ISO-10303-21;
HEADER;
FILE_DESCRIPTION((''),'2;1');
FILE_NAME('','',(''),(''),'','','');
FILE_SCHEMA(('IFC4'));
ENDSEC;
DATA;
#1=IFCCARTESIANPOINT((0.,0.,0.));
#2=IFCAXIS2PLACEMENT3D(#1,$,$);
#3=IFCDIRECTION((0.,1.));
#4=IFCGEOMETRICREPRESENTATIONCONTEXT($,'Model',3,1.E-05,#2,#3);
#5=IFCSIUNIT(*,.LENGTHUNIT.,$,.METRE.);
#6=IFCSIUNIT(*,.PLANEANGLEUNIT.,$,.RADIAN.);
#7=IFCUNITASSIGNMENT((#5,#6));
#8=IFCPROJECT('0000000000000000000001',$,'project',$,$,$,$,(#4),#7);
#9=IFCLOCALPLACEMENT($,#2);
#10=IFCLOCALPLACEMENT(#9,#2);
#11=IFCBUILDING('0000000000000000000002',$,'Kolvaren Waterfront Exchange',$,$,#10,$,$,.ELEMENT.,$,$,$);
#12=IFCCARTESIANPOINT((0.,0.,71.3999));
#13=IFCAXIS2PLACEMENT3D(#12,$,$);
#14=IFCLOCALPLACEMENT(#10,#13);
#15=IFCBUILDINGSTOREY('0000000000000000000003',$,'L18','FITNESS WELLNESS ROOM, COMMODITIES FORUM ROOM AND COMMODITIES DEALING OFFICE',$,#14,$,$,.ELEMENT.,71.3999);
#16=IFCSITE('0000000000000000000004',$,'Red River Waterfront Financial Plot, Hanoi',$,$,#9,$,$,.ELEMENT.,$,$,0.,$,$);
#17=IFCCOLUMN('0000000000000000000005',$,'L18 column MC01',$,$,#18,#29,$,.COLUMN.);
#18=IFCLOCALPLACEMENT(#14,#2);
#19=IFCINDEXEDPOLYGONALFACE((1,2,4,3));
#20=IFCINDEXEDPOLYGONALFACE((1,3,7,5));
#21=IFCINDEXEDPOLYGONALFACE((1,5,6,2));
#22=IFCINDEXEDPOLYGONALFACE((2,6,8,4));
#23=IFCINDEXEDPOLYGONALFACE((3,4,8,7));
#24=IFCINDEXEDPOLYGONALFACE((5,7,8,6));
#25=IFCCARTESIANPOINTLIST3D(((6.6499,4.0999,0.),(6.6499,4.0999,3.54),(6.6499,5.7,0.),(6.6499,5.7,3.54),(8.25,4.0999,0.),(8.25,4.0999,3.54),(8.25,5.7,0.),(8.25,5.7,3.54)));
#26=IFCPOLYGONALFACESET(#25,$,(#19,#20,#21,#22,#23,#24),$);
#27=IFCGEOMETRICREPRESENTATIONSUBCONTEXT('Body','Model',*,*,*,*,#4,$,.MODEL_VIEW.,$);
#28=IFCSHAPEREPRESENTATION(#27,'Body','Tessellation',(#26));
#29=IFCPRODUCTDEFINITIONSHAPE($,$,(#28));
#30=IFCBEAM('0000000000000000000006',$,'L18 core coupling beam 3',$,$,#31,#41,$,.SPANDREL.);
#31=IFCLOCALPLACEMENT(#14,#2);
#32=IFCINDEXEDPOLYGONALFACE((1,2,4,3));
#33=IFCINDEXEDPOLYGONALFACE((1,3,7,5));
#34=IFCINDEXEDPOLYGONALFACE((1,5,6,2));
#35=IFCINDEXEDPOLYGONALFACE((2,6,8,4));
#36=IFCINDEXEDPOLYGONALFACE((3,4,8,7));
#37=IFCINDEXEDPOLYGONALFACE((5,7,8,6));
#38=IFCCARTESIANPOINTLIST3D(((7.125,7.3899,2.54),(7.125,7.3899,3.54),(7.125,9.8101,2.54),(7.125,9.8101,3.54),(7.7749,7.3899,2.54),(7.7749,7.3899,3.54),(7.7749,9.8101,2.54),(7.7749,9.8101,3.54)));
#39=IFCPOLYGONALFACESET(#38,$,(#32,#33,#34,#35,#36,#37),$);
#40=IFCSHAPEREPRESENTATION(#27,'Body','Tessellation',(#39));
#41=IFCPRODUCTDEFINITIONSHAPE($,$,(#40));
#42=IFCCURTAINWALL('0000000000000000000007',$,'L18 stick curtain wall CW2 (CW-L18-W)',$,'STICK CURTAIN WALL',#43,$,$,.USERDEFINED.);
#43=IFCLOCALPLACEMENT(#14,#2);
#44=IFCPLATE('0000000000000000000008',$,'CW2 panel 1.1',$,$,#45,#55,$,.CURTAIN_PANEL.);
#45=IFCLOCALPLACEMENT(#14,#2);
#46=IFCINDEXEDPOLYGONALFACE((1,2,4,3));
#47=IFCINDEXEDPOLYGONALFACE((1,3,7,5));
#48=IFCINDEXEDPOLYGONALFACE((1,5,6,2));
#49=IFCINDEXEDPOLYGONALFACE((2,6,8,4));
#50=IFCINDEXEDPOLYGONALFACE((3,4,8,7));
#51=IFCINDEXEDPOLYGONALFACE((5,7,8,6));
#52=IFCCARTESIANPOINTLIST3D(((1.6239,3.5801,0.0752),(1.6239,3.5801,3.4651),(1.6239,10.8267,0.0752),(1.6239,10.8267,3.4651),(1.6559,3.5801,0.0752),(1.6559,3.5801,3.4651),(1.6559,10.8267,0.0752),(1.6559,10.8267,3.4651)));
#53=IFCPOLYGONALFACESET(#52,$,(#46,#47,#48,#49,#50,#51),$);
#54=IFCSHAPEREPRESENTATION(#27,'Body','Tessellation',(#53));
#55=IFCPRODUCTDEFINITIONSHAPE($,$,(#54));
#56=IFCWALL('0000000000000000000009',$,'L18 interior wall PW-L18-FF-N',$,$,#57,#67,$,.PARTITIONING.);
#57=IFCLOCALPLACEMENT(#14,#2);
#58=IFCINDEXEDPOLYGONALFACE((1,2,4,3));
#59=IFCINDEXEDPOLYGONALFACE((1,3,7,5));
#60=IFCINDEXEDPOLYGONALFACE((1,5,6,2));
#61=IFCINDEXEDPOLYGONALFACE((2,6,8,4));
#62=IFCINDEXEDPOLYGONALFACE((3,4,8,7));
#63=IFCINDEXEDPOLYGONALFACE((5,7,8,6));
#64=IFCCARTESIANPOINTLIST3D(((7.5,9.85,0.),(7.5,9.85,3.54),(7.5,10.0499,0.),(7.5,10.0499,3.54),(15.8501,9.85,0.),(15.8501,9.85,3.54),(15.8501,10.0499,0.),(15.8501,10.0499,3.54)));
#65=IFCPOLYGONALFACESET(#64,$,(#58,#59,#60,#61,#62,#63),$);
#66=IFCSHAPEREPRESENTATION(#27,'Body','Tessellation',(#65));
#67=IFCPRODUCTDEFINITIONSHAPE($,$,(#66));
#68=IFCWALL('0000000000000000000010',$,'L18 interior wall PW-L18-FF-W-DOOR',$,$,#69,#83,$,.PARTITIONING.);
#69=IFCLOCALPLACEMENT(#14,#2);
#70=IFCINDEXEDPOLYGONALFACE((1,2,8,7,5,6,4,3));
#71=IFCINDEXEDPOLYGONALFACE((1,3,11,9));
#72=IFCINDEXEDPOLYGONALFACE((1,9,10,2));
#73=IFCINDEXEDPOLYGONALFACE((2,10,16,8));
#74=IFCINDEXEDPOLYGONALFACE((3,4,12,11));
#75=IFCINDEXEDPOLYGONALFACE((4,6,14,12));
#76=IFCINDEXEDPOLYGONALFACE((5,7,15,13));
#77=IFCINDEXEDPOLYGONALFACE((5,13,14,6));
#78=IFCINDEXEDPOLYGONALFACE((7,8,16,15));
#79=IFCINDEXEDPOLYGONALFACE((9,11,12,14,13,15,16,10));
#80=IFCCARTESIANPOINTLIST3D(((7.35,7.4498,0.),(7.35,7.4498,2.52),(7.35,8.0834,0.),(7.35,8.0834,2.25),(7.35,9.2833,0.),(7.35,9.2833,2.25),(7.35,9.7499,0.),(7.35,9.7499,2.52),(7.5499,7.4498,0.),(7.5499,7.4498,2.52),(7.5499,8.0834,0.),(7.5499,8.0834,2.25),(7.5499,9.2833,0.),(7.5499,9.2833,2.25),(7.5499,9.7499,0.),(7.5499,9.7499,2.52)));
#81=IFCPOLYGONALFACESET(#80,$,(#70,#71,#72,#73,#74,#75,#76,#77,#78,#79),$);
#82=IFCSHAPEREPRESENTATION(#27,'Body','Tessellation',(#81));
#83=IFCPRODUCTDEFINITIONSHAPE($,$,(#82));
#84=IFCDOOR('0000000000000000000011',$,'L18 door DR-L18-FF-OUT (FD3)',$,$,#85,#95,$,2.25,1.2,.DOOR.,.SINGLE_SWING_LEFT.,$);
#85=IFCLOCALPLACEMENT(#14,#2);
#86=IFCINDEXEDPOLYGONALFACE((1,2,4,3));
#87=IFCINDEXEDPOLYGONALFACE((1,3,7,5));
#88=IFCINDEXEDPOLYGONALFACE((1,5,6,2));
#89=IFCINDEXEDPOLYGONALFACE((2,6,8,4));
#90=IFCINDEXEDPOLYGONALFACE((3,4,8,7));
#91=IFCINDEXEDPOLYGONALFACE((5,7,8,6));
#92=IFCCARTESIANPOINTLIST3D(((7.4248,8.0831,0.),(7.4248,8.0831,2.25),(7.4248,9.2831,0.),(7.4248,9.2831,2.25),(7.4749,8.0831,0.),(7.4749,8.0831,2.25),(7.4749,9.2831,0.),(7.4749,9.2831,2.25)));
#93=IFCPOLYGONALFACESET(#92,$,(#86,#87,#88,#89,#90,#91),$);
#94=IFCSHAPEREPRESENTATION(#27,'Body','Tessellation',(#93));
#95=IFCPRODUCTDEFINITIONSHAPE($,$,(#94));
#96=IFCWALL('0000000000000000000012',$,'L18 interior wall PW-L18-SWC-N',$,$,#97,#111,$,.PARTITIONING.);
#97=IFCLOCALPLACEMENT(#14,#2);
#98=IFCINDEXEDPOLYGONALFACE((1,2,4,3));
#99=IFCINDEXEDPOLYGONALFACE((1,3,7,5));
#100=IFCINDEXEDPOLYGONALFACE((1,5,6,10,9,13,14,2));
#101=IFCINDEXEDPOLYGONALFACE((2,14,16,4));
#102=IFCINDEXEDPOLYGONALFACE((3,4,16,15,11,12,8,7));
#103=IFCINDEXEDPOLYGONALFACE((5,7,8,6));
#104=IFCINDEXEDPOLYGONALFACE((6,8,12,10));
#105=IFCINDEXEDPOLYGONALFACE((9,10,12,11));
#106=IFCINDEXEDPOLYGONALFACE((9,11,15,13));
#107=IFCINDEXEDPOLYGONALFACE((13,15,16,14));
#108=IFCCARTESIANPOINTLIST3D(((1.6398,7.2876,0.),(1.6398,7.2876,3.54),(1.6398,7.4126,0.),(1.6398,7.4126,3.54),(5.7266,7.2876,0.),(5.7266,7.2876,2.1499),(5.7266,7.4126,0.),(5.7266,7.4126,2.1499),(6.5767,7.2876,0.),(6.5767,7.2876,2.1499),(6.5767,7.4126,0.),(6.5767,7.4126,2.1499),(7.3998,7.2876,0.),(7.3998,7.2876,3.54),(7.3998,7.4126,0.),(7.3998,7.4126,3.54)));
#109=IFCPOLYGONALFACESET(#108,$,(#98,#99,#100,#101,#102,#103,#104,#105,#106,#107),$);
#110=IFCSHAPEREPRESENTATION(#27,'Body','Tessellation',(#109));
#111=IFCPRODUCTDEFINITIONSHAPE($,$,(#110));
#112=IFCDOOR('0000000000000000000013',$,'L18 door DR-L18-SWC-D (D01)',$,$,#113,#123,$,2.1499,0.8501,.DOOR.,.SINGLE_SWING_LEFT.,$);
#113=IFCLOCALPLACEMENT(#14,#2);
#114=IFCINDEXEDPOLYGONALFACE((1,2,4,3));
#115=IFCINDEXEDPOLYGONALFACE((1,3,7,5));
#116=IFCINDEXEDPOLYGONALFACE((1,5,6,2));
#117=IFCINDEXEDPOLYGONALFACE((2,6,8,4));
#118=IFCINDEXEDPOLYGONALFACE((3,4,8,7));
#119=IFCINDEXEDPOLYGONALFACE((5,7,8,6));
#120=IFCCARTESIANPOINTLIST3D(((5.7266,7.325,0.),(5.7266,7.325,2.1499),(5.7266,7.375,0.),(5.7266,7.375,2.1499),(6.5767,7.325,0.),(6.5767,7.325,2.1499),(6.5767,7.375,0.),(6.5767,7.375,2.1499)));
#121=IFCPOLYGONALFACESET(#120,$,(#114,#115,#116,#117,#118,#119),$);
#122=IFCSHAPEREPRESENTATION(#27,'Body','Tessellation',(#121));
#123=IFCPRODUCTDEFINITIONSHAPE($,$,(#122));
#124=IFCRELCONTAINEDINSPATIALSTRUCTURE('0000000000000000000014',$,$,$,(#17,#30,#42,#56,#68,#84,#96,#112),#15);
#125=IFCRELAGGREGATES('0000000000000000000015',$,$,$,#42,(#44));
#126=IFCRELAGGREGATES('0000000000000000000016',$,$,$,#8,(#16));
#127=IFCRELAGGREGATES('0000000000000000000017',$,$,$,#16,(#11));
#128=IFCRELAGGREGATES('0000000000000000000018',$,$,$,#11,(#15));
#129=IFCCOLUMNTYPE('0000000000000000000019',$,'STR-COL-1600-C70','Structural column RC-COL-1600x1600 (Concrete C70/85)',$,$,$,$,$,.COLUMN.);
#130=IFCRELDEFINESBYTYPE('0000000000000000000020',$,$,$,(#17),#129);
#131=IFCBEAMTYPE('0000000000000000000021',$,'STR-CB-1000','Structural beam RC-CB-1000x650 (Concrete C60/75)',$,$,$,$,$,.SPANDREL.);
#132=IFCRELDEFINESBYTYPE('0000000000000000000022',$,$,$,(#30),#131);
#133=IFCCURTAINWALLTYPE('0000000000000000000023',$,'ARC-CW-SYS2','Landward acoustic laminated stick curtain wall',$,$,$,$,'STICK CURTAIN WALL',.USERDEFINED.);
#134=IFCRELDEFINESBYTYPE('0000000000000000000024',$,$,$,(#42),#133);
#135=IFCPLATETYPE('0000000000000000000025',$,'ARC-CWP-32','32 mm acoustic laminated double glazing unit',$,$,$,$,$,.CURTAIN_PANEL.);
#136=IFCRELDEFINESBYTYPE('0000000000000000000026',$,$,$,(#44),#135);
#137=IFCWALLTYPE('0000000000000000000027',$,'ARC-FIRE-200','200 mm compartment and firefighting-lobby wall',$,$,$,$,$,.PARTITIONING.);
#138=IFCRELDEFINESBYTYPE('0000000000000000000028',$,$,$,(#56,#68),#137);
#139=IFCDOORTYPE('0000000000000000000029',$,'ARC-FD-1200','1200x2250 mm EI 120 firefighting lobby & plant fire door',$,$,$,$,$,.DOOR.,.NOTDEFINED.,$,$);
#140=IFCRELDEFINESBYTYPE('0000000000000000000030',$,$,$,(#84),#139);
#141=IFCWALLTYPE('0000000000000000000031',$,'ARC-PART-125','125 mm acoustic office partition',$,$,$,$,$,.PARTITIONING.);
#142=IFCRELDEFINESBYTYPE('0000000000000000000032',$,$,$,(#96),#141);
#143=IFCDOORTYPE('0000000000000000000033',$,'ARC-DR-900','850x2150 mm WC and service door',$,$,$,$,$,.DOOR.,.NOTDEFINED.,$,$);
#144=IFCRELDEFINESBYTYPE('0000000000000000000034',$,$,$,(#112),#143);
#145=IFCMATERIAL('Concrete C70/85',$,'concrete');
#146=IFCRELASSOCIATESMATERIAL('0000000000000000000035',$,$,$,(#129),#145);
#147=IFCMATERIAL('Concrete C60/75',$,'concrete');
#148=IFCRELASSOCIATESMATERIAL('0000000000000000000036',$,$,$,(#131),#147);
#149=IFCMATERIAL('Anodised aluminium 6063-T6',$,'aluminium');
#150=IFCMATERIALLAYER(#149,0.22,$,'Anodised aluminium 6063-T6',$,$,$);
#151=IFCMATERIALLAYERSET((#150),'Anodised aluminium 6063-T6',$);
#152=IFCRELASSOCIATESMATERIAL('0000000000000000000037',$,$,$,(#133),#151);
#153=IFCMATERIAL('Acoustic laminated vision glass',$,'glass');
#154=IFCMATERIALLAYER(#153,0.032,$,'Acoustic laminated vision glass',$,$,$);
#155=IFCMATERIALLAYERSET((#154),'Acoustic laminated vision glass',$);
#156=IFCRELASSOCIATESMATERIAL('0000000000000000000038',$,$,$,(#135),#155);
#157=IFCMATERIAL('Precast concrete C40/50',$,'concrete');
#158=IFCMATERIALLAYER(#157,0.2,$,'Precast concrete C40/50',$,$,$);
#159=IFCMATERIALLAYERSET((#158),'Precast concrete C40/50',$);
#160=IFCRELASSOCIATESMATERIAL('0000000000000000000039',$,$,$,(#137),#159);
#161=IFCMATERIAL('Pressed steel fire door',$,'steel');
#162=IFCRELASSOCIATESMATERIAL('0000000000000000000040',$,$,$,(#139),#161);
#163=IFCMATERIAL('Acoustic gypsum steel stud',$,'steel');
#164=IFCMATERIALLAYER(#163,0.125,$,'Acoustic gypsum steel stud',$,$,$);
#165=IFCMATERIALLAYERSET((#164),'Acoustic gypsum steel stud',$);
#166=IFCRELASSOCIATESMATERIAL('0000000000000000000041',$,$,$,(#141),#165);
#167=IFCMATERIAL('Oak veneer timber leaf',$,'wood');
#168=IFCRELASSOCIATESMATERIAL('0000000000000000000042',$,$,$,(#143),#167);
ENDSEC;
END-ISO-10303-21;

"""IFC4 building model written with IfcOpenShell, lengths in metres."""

from ifc_helpers import new_model, si_unit, direction, frame, frame_2d, origin, origin_with_axes, origin_2d, place, context, subcontext, project, spatial, rectangle, extrude, source, transform, mapped, material, layer, layer_set, material_profile, profile_set, type_object, element, fill, aggregate, save


model = new_model("IFC4")

# Units and contexts
model_context = context("Model", 3, precision=1e-05, world=origin(), true_north=direction((0.0, 1.0)))
body_context = subcontext(model_context, "Body", "Model", "MODEL_VIEW")
ifc_project = project(units=[si_unit("LENGTHUNIT", "METRE"), si_unit("PLANEANGLEUNIT", "RADIAN")], contexts=[model_context])

# Site, building, storey
site_placement = place(None, origin())
site = spatial("IfcSite", under=ifc_project, at=site_placement, Name="Red River Waterfront Financial Plot, Hanoi", CompositionType="ELEMENT", RefElevation=0.0)
building_placement = place(site_placement, origin())
building = spatial("IfcBuilding", under=site, at=building_placement, Name="Kolvaren Waterfront Exchange", CompositionType="ELEMENT")
storey_placement = place(building_placement, frame((0.0, 0.0, 71.3999)))
storey = spatial("IfcBuildingStorey", under=building, at=storey_placement, Name="L18", Description="FITNESS WELLNESS ROOM, COMMODITIES FORUM ROOM AND COMMODITIES DEALING OFFICE", CompositionType="ELEMENT", Elevation=71.3999)

# Column
ifc_material_1 = material(Name="Concrete C70/85", Category="concrete")
ifc_material_profile_1 = material_profile(ifc_material_1, rectangle(XDim=1.6001, YDim=1.6001, at=origin_2d()), Name="RC-COL-1600x1600")
ifc_profile_set_1 = profile_set([ifc_material_profile_1], Name="Concrete C70/85")
column_type = type_object("IfcColumnType", Name="STR-COL-1600-C70", Description="Structural column RC-COL-1600x1600 (Concrete C70/85)", PredefinedType="COLUMN", material=ifc_profile_set_1)
column_placement = place(storey_placement, frame((7.45, 4.8999, 0.0), z_axis=(0.0, 0.0, 1.0), x_axis=(1.0, 0.0, 0.0)))
element("IfcColumn", 1, at=column_placement, inside=storey, type_object=column_type, Name="L18 column MC01", PredefinedType="COLUMN", context=body_context, shape_type="SweptSolid", body=[
    extrude(rectangle(XDim=1.6001, YDim=1.6001, at=origin_2d()), origin(), (0.0, 0.0, 1.0), 3.54),
])

# Beam
ifc_material_2 = material(Name="Concrete C60/75", Category="concrete")
ifc_material_profile_2 = material_profile(ifc_material_2, rectangle(XDim=0.6499, YDim=1.0, at=origin_2d()), Name="RC-CB-1000x650")
ifc_profile_set_2 = profile_set([ifc_material_profile_2], Name="Concrete C60/75")
beam_type = type_object("IfcBeamType", Name="STR-CB-1000", Description="Structural beam RC-CB-1000x650 (Concrete C60/75)", PredefinedType="SPANDREL", material=ifc_profile_set_2)
beam_placement = place(storey_placement, frame((7.45, 7.3899, 3.04), z_axis=(0.0, 1.0, 0.0), x_axis=(-1.0, 0.0, 0.0)))
element("IfcBeam", 2, at=beam_placement, inside=storey, type_object=beam_type, Name="L18 core coupling beam 3", PredefinedType="SPANDREL", context=body_context, shape_type="SweptSolid", body=[
    extrude(rectangle(XDim=0.6499, YDim=1.0, at=origin_2d()), origin(), (0.0, 0.0, 1.0), 2.4202),
])

# Curtain wall, plate
ifc_material_3 = material(Name="Anodised aluminium 6063-T6", Category="aluminium")
ifc_layer_1 = layer(ifc_material_3, 0.22, Name="Anodised aluminium 6063-T6")
ifc_layer_set_1 = layer_set([ifc_layer_1], Name="Anodised aluminium 6063-T6")
curtain_wall_type = type_object("IfcCurtainWallType", Name="ARC-CW-SYS2", Description="Landward acoustic laminated stick curtain wall", ElementType="STICK CURTAIN WALL", PredefinedType="USERDEFINED", material=ifc_layer_set_1)
curtain_wall_placement = place(storey_placement, origin())
curtain_wall = element("IfcCurtainWall", 3, at=curtain_wall_placement, inside=storey, type_object=curtain_wall_type, Name="L18 stick curtain wall CW2 (CW-L18-W)", ObjectType="STICK CURTAIN WALL", PredefinedType="USERDEFINED")
ifc_material_4 = material(Name="Acoustic laminated vision glass", Category="glass")
ifc_layer_2 = layer(ifc_material_4, 0.032, Name="Acoustic laminated vision glass")
ifc_layer_set_2 = layer_set([ifc_layer_2], Name="Acoustic laminated vision glass")
plate_type = type_object("IfcPlateType", Name="ARC-CWP-32", Description="32 mm acoustic laminated double glazing unit", PredefinedType="CURTAIN_PANEL", material=ifc_layer_set_2)
shared_shape = source(origin_with_axes(), body_context, "Body", "SweptSolid", [
    extrude(rectangle(XDim=7.2466, YDim=0.032, at=origin_2d()), origin(), (0.0, 0.0, 1.0), 3.3899),
])
plate_placement = place(storey_placement, frame((1.6399, 7.2034, 0.0752), z_axis=(0.0, 0.0, 1.0), x_axis=(0.0, 1.0, 0.0)))
plate = element("IfcPlate", 4, at=plate_placement, type_object=plate_type, Name="CW2 panel 1.1", PredefinedType="CURTAIN_PANEL", context=body_context, shape_type="MappedRepresentation", body=[
    mapped(shared_shape, transform((0.0, 0.0, 0.0), x_axis=(1.0, 0.0, 0.0), y_axis=(0.0, 1.0, 0.0), z_axis=(0.0, 0.0, 1.0), scale=1.0)),
])
aggregate(curtain_wall, [plate])

# Wall
ifc_material_5 = material(Name="Precast concrete C40/50", Category="concrete")
ifc_layer_3 = layer(ifc_material_5, 0.2, Name="Precast concrete C40/50")
ifc_layer_set_3 = layer_set([ifc_layer_3], Name="Precast concrete C40/50")
wall_type_1 = type_object("IfcWallType", Name="ARC-FIRE-200", Description="200 mm compartment and firefighting-lobby wall", PredefinedType="PARTITIONING", material=ifc_layer_set_3)
wall_1_placement = place(storey_placement, frame((7.5, 9.95, 0.0), z_axis=(0.0, 0.0, 1.0), x_axis=(1.0, 0.0, 0.0)))
element("IfcWall", 5, at=wall_1_placement, inside=storey, type_object=wall_type_1, Name="L18 interior wall PW-L18-FF-N", PredefinedType="PARTITIONING", context=body_context, shape_type="SweptSolid", body=[
    extrude(rectangle(XDim=8.3501, YDim=0.2, at=frame_2d((4.175, 0.0))), origin(), (0.0, 0.0, 1.0), 3.54),
])

# Walls, openings, doors
wall_2_placement = place(storey_placement, frame((7.45, 7.45, 0.0), z_axis=(0.0, 0.0, 1.0), x_axis=(0.0, 1.0, 0.0)))
wall_2 = element("IfcWall", 6, at=wall_2_placement, inside=storey, type_object=wall_type_1, Name="L18 interior wall PW-L18-FF-W-DOOR", PredefinedType="PARTITIONING", context=body_context, shape_type="SweptSolid", body=[
    extrude(rectangle(XDim=2.3, YDim=0.2, at=frame_2d((1.1499, 0.0))), origin(), (0.0, 0.0, 1.0), 2.52),
])
opening_1_placement = place(wall_2_placement, frame((0.6333, 0.0, 0.0)))
opening_1 = element("IfcOpeningElement", 7, at=opening_1_placement, cuts=wall_2, PredefinedType="OPENING", context=body_context, shape_type="SweptSolid", body=[
    extrude(rectangle(XDim=1.2, YDim=2.25, at=frame_2d((0.6001, 1.125))), frame((0.0, 0.1099, 0.0), z_axis=(0.0, -1.0, 0.0), x_axis=(1.0, 0.0, 0.0)), (0.0, 0.0, 1.0), 0.22),
])
ifc_material_6 = material(Name="Pressed steel fire door", Category="steel")
door_type_1 = type_object("IfcDoorType", Name="ARC-FD-1200", Description="1200x2250 mm EI 120 firefighting lobby & plant fire door", OperationType="NOTDEFINED", PredefinedType="DOOR", material=ifc_material_6)
door_1_placement = place(opening_1_placement, frame((1.2, 0.0, 0.0), z_axis=(0.0, 0.0, 1.0), x_axis=(-1.0, 0.0, 0.0)))
door_1 = element("IfcDoor", 8, at=door_1_placement, inside=storey, type_object=door_type_1, Name="L18 door DR-L18-FF-OUT (FD3)", OperationType="SINGLE_SWING_LEFT", OverallHeight=2.25, OverallWidth=1.2, PredefinedType="DOOR", context=body_context, shape_type="SweptSolid", body=[
    extrude(rectangle(XDim=1.2, YDim=2.25, at=frame_2d((0.6001, 1.125))), frame((0.0, 0.0249, 0.0), z_axis=(0.0, -1.0, 0.0), x_axis=(1.0, 0.0, 0.0)), (0.0, 0.0, 1.0), 0.05),
])
fill(opening_1, door_1)
ifc_material_7 = material(Name="Acoustic gypsum steel stud", Category="steel")
ifc_layer_4 = layer(ifc_material_7, 0.125, Name="Acoustic gypsum steel stud")
ifc_layer_set_4 = layer_set([ifc_layer_4], Name="Acoustic gypsum steel stud")
wall_type_2 = type_object("IfcWallType", Name="ARC-PART-125", Description="125 mm acoustic office partition", PredefinedType="PARTITIONING", material=ifc_layer_set_4)
wall_3_placement = place(storey_placement, frame((1.6399, 7.3501, 0.0), z_axis=(0.0, 0.0, 1.0), x_axis=(1.0, 0.0, 0.0)))
wall_3 = element("IfcWall", 9, at=wall_3_placement, inside=storey, type_object=wall_type_2, Name="L18 interior wall PW-L18-SWC-N", PredefinedType="PARTITIONING", context=body_context, shape_type="SweptSolid", body=[
    extrude(rectangle(XDim=5.76, YDim=0.125, at=frame_2d((2.8799, 0.0))), origin(), (0.0, 0.0, 1.0), 3.54),
])
opening_2_placement = place(wall_3_placement, frame((4.0867, 0.0, 0.0)))
opening_2 = element("IfcOpeningElement", 10, at=opening_2_placement, cuts=wall_3, PredefinedType="OPENING", context=body_context, shape_type="SweptSolid", body=[
    extrude(rectangle(XDim=0.8501, YDim=2.1499, at=frame_2d((0.425, 1.075))), frame((0.0, 0.0725, 0.0), z_axis=(0.0, -1.0, 0.0), x_axis=(1.0, 0.0, 0.0)), (0.0, 0.0, 1.0), 0.145),
])
ifc_material_8 = material(Name="Oak veneer timber leaf", Category="wood")
door_type_2 = type_object("IfcDoorType", Name="ARC-DR-900", Description="850x2150 mm WC and service door", OperationType="NOTDEFINED", PredefinedType="DOOR", material=ifc_material_8)
door_2_placement = place(opening_2_placement, origin())
door_2 = element("IfcDoor", 11, at=door_2_placement, inside=storey, type_object=door_type_2, Name="L18 door DR-L18-SWC-D (D01)", OperationType="SINGLE_SWING_LEFT", OverallHeight=2.1499, OverallWidth=0.8501, PredefinedType="DOOR", context=body_context, shape_type="SweptSolid", body=[
    extrude(rectangle(XDim=0.8501, YDim=2.1499, at=frame_2d((0.425, 1.075))), frame((0.0, 0.0249, 0.0), z_axis=(0.0, -1.0, 0.0), x_axis=(1.0, 0.0, 0.0)), (0.0, 0.0, 1.0), 0.05),
])
fill(opening_2, door_2)

save(model, "model.ifc")
